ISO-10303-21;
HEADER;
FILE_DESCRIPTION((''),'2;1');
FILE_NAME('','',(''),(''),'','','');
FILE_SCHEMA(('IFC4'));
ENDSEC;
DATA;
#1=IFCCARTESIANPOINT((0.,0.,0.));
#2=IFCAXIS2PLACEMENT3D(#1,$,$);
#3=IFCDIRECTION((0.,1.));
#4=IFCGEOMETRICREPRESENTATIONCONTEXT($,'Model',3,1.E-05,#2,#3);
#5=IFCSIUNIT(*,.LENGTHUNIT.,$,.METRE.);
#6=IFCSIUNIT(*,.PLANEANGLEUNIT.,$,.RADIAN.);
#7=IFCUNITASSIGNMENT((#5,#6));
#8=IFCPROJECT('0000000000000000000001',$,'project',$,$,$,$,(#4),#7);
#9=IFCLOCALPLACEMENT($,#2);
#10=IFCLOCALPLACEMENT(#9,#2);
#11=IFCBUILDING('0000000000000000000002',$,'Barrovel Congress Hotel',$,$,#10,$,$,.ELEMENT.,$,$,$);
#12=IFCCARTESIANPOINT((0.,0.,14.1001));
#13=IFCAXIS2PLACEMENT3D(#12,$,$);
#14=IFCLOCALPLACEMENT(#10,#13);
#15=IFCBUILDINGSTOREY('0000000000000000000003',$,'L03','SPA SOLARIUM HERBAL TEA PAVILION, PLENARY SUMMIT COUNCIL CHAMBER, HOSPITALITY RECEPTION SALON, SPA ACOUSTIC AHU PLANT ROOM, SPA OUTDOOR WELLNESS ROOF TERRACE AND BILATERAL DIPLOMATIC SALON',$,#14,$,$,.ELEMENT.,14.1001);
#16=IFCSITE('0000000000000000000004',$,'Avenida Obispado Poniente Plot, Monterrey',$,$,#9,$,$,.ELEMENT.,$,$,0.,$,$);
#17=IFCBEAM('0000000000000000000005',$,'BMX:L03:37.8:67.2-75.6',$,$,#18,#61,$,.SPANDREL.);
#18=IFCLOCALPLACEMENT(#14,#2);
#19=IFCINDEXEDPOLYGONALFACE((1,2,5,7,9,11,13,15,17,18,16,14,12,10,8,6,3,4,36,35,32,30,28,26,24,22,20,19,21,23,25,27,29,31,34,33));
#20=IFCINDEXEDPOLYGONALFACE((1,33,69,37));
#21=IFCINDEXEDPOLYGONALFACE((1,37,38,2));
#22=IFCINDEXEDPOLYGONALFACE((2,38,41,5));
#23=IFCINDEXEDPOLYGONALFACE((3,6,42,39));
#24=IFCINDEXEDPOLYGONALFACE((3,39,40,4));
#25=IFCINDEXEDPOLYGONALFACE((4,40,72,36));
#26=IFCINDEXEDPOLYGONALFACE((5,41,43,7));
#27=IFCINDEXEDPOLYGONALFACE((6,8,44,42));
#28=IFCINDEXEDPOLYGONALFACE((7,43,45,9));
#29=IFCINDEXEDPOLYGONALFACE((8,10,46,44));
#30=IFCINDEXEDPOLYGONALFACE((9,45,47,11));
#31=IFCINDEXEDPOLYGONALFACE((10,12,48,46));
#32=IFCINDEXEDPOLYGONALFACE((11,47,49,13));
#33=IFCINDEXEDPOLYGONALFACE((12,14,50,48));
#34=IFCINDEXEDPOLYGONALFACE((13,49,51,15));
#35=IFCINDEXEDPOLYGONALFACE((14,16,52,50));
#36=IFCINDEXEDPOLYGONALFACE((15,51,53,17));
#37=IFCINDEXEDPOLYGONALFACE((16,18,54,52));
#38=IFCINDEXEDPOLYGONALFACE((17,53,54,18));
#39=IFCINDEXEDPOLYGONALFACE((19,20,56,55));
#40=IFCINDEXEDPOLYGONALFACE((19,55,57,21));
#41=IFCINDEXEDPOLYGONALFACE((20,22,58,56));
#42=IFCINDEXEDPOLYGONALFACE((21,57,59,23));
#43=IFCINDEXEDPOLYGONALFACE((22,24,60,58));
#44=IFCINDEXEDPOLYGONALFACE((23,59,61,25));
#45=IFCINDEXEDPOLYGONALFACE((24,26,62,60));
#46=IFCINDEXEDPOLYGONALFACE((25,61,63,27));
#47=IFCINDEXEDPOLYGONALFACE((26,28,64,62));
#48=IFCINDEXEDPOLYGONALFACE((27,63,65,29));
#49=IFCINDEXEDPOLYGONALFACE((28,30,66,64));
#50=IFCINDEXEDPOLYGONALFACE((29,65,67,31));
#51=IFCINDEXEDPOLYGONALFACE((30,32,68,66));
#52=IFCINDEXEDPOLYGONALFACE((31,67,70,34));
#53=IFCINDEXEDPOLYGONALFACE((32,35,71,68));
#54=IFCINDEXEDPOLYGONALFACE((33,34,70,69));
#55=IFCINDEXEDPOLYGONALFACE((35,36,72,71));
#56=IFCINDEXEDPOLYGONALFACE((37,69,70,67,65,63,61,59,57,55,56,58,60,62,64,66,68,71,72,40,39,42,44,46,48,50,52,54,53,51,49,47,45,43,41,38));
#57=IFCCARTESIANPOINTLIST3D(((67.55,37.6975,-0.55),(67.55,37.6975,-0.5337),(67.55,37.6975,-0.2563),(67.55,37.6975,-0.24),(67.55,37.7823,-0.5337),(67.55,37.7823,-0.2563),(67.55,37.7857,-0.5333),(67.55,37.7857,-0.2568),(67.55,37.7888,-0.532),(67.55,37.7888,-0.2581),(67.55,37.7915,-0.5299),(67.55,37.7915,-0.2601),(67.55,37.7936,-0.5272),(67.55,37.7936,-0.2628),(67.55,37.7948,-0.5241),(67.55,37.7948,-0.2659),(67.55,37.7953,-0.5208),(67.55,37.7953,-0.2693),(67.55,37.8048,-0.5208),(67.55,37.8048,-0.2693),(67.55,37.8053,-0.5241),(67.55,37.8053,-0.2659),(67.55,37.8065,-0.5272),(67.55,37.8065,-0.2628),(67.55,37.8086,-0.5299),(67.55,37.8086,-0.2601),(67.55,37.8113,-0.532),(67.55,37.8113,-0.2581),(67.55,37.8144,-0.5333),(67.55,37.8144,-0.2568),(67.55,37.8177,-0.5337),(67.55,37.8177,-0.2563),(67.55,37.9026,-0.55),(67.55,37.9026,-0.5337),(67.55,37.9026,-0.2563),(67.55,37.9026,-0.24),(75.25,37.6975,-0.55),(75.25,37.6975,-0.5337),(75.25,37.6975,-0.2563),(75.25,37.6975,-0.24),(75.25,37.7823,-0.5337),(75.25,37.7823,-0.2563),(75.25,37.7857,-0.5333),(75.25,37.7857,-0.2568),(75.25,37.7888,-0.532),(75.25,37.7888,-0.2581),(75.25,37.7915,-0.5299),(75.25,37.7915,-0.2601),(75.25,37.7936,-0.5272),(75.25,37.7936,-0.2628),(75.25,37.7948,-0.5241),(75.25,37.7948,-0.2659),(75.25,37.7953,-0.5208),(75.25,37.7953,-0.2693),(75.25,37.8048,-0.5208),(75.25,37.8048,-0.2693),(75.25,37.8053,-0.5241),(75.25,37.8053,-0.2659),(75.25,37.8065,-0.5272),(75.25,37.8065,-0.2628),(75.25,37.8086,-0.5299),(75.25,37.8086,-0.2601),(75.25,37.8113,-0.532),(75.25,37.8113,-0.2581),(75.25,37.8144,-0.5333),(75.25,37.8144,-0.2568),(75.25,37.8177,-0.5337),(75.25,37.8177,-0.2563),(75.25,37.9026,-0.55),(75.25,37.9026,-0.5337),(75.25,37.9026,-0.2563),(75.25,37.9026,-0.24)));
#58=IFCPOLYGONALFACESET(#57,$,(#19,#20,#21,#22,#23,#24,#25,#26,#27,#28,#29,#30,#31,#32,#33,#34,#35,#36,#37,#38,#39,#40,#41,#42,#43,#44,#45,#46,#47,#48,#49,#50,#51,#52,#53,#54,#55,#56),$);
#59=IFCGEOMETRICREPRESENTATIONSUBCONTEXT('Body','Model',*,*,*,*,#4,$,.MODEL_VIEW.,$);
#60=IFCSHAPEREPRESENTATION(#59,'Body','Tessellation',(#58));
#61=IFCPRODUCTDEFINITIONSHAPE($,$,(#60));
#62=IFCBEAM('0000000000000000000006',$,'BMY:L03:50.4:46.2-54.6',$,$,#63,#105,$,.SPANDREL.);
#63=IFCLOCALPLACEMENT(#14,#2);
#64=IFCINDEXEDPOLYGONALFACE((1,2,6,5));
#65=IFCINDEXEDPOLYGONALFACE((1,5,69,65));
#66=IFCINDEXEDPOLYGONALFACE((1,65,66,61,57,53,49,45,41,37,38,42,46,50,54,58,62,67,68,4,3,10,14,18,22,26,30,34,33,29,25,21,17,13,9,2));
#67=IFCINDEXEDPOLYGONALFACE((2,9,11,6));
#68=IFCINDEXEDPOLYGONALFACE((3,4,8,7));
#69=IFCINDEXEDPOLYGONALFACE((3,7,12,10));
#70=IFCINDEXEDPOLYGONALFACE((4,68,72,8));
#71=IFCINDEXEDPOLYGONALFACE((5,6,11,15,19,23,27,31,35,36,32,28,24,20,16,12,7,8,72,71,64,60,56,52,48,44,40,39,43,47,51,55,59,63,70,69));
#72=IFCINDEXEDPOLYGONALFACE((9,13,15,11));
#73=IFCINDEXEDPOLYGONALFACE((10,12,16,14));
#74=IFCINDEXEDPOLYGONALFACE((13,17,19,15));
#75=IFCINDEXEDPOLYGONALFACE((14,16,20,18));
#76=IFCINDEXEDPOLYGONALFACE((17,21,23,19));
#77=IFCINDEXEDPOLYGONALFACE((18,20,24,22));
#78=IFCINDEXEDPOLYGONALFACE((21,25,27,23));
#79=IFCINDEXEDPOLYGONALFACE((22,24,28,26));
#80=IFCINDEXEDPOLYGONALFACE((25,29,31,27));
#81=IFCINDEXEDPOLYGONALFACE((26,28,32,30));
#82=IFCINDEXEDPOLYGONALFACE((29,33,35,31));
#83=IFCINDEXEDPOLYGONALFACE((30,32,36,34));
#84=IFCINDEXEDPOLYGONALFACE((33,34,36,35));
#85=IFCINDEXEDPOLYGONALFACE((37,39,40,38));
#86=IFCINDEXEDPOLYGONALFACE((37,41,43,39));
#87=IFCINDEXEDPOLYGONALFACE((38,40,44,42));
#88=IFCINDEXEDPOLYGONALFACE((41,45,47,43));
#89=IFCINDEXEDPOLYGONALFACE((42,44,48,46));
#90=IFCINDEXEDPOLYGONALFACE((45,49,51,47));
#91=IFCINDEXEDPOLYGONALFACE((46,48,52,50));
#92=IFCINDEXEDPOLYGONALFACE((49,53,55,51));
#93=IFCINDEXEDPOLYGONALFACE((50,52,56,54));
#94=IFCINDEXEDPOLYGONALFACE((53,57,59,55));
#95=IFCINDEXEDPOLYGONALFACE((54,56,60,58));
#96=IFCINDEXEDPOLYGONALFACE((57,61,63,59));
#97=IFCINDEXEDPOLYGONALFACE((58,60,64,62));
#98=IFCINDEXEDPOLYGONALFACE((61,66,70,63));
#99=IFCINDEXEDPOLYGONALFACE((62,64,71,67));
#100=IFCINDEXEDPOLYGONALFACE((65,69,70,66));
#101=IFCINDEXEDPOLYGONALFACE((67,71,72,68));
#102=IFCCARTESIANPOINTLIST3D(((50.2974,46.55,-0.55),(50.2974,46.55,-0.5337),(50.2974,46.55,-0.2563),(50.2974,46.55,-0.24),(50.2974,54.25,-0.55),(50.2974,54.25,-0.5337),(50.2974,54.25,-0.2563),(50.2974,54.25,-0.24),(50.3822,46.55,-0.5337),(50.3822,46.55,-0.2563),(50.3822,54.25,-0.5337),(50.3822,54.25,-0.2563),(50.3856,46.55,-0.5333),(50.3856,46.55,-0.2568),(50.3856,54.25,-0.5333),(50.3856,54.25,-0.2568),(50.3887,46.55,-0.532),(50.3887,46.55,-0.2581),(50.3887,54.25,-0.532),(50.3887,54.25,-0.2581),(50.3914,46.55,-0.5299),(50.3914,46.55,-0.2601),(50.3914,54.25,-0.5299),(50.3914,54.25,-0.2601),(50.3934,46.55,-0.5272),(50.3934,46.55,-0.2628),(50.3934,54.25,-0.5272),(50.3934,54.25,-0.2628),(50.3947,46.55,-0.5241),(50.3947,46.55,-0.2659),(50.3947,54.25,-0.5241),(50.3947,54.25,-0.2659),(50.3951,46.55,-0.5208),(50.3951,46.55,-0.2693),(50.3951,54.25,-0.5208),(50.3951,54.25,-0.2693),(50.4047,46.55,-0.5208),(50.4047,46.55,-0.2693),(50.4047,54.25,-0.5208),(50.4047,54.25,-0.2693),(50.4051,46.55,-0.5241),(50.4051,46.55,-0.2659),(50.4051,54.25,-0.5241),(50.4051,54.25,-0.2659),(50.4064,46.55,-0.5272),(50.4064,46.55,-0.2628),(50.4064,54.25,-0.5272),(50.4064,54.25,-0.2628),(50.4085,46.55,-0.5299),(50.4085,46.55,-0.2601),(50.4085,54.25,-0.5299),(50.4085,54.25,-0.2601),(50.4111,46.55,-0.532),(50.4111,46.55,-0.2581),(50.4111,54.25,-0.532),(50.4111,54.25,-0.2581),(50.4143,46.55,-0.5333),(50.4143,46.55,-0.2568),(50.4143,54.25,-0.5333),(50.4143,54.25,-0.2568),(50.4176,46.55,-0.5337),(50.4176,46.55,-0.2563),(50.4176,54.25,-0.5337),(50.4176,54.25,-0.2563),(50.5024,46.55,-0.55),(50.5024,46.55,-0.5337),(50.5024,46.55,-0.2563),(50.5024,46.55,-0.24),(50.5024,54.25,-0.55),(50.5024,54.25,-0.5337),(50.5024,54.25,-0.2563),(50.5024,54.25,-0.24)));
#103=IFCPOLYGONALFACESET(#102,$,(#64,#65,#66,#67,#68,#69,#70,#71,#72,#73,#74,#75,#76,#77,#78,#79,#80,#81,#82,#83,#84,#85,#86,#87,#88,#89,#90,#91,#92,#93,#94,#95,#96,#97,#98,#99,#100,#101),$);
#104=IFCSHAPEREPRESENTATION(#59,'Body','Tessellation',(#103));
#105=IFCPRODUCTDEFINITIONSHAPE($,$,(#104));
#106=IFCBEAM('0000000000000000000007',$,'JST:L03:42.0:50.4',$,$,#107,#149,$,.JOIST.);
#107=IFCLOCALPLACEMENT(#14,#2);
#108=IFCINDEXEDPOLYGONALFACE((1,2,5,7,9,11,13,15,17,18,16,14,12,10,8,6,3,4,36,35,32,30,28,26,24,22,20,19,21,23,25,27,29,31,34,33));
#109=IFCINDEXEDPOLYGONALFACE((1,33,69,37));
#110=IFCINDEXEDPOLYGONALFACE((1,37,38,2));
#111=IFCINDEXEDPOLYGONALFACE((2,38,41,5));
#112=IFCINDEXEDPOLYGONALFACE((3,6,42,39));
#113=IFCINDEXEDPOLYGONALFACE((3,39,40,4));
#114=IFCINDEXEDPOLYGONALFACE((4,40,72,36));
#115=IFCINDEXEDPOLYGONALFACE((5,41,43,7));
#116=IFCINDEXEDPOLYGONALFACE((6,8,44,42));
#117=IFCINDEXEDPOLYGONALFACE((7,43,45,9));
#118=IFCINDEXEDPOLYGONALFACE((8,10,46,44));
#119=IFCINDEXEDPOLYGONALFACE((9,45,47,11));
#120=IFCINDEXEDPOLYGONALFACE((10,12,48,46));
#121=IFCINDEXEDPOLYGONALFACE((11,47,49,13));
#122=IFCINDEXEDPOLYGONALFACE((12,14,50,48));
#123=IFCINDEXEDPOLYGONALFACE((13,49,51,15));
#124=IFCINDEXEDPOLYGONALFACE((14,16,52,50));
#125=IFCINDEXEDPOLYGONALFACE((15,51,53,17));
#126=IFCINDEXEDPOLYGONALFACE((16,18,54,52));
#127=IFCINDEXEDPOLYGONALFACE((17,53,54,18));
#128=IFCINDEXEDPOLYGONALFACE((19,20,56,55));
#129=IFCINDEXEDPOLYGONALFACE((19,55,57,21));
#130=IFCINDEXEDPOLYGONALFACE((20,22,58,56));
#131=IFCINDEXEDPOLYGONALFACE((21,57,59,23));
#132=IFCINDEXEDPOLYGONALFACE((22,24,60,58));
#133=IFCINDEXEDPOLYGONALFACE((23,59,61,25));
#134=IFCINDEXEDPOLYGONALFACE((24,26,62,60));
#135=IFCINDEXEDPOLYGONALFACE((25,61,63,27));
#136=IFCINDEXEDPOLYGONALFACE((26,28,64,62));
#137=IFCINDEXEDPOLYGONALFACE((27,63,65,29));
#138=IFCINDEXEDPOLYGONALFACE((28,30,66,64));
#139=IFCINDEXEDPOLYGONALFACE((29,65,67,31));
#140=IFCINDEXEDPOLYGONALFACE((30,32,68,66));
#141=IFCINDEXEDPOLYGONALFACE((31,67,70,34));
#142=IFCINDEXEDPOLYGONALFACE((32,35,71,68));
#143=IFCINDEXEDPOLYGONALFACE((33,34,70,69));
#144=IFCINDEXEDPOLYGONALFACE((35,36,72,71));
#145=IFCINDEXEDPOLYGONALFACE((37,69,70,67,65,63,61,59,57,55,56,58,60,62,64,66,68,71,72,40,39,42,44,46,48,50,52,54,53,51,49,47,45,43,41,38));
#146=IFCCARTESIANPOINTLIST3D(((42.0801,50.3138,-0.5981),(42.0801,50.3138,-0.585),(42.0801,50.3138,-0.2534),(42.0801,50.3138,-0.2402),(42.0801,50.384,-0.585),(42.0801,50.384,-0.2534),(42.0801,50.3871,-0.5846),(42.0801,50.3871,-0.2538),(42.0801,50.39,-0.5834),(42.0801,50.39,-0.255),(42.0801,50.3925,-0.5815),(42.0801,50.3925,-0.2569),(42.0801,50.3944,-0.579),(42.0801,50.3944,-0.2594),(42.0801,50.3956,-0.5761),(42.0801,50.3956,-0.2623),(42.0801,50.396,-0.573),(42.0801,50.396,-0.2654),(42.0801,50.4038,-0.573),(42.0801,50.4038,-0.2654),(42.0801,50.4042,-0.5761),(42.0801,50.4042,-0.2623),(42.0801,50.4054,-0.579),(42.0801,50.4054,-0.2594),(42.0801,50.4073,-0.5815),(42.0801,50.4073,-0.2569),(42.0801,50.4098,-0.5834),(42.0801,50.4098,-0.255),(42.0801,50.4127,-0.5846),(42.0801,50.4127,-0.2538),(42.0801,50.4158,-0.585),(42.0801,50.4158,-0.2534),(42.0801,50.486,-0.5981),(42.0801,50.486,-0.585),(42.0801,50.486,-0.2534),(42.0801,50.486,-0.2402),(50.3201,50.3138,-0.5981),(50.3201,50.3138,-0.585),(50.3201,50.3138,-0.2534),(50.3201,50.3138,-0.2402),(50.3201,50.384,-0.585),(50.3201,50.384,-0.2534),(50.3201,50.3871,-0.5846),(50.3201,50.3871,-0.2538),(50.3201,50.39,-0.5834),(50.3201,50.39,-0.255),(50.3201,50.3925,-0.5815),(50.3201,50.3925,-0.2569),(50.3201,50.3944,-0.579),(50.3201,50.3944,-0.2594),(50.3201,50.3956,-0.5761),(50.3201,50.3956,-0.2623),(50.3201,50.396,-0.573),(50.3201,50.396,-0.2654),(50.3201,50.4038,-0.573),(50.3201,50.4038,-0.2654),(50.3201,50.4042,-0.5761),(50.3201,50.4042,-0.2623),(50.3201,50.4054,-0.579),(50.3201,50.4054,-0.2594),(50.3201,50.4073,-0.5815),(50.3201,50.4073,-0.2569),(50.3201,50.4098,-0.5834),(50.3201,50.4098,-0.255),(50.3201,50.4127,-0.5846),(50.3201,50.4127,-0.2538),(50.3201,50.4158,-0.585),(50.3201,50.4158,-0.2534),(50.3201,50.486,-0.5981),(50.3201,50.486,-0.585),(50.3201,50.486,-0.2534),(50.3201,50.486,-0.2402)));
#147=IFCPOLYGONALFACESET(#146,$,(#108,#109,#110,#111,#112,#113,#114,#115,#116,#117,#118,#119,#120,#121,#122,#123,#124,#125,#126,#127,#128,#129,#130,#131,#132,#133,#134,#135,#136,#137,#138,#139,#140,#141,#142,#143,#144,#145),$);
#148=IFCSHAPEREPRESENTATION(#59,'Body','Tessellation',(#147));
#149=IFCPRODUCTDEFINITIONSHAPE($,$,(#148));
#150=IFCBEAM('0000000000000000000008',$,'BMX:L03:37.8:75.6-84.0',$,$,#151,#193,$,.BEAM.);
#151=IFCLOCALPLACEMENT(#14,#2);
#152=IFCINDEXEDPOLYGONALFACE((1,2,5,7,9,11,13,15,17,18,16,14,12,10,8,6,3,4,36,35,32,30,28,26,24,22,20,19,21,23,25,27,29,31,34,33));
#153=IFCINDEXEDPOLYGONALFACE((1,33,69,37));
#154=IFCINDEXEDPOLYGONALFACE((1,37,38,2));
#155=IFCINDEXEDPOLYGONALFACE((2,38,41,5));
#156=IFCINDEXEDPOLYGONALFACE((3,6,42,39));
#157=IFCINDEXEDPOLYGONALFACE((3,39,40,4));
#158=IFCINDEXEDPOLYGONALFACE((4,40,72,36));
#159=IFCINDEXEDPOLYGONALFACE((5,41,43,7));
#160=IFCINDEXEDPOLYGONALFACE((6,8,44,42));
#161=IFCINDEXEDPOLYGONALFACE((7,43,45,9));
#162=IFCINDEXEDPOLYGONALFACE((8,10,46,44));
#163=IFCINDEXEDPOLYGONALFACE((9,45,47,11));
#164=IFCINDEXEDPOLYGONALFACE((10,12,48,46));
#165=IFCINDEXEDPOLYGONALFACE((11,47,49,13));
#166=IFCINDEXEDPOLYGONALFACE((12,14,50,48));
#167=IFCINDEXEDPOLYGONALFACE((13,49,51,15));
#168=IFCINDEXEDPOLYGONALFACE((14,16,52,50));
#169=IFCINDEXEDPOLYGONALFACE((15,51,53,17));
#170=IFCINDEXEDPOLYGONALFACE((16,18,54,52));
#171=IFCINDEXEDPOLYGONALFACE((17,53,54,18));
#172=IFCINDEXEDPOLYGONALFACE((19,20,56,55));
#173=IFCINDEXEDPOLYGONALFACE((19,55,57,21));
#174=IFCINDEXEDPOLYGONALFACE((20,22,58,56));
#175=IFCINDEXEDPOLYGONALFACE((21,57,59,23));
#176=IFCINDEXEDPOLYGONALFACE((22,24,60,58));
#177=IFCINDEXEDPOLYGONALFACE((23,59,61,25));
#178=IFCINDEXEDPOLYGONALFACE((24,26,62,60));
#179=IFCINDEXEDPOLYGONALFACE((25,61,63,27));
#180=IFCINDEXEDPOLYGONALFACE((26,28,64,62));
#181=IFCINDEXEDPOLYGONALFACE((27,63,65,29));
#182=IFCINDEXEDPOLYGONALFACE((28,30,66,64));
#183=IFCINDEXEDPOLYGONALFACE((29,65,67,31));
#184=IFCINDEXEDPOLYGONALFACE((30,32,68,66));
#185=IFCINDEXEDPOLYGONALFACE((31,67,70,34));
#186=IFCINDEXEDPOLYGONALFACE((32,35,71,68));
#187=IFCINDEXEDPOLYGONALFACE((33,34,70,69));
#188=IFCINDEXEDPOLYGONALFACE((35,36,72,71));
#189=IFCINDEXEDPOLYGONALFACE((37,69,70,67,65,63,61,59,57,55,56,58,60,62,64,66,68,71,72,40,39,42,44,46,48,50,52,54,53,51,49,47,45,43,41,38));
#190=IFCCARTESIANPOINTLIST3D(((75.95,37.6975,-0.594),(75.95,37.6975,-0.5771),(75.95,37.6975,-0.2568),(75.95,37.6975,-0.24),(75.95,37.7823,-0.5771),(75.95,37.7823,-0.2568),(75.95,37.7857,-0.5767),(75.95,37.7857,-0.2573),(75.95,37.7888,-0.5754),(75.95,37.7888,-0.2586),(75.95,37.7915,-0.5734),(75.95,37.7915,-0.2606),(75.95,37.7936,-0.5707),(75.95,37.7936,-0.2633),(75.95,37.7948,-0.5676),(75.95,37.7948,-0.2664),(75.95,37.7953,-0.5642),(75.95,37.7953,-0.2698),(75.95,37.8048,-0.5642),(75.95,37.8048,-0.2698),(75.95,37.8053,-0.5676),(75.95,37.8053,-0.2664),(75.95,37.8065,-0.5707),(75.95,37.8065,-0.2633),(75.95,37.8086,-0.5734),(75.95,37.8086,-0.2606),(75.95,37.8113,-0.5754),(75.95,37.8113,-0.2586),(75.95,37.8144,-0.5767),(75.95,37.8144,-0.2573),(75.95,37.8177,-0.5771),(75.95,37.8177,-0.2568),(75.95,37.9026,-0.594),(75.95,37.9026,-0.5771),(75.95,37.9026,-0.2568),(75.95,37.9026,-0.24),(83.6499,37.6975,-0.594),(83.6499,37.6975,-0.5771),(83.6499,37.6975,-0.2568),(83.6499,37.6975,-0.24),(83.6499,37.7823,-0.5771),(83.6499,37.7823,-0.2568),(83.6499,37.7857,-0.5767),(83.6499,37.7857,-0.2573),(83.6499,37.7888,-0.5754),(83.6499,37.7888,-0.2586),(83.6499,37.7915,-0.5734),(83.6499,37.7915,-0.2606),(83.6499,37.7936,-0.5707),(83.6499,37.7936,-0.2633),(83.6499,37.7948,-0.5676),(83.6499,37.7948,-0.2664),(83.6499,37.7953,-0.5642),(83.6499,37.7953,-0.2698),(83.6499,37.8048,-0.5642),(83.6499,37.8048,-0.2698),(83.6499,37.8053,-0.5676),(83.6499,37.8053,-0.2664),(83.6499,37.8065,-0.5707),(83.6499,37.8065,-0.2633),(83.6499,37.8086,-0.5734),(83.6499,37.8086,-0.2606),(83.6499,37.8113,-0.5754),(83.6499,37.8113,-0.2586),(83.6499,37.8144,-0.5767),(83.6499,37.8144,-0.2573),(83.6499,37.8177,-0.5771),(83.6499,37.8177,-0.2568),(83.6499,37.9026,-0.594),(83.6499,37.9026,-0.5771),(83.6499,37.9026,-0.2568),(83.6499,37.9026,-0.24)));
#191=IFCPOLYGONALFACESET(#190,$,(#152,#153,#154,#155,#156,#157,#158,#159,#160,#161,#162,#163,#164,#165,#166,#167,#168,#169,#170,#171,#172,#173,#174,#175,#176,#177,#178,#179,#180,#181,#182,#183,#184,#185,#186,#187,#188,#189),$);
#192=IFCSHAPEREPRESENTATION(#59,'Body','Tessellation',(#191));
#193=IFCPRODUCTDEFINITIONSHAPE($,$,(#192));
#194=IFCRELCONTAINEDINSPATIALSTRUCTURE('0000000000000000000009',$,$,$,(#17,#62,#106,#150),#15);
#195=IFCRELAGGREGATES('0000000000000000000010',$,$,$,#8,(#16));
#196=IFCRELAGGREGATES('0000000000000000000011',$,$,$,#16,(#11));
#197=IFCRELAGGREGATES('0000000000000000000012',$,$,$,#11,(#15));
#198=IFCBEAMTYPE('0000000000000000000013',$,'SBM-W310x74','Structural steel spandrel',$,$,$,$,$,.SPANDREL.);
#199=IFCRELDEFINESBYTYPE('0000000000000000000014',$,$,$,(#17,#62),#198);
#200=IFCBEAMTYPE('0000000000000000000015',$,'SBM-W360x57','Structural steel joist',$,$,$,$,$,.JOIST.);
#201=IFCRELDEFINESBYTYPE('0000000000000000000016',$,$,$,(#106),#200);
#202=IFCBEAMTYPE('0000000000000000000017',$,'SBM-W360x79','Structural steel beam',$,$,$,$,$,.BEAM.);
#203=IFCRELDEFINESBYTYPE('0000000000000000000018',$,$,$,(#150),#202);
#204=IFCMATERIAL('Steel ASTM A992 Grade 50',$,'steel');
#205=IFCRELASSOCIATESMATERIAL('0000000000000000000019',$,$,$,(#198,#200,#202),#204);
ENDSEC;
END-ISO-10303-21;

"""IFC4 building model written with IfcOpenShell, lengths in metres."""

from ifc_helpers import new_model, si_unit, direction, frame, origin, origin_2d, place, context, subcontext, project, spatial, i_section, extrude, material, material_profile, profile_set, type_object, element, save


model = new_model("IFC4")

# Units and contexts
model_context = context("Model", 3, precision=1e-05, world=origin(), true_north=direction((0.0, 1.0)))
body_context = subcontext(model_context, "Body", "Model", "MODEL_VIEW")
ifc_project = project(units=[si_unit("LENGTHUNIT", "METRE"), si_unit("PLANEANGLEUNIT", "RADIAN")], contexts=[model_context])

# Site, building, storey
site_placement = place(None, origin())
site = spatial("IfcSite", under=ifc_project, at=site_placement, Name="Avenida Obispado Poniente Plot, Monterrey", CompositionType="ELEMENT", RefElevation=0.0)
building_placement = place(site_placement, origin())
building = spatial("IfcBuilding", under=site, at=building_placement, Name="Barrovel Congress Hotel", CompositionType="ELEMENT")
storey_placement = place(building_placement, frame((0.0, 0.0, 14.1001)))
storey = spatial("IfcBuildingStorey", under=building, at=storey_placement, Name="L03", Description="SPA SOLARIUM HERBAL TEA PAVILION, PLENARY SUMMIT COUNCIL CHAMBER, HOSPITALITY RECEPTION SALON, SPA ACOUSTIC AHU PLANT ROOM, SPA OUTDOOR WELLNESS ROOF TERRACE AND BILATERAL DIPLOMATIC SALON", CompositionType="ELEMENT", Elevation=14.1001)

# Beams
ifc_material_1 = material(Name="Steel ASTM A992 Grade 50", Category="steel")
ifc_material_profile_1 = material_profile(ifc_material_1, i_section(OverallWidth=0.2051, OverallDepth=0.3101, WebThickness=0.0095, FlangeThickness=0.0164, FilletRadius=0.0129, at=origin_2d()), Name="W310x74")
ifc_profile_set_1 = profile_set([ifc_material_profile_1], Name="Steel ASTM A992 Grade 50")
beam_type_1 = type_object("IfcBeamType", Name="SBM-W310x74", Description="Structural steel spandrel", PredefinedType="SPANDREL", material=ifc_profile_set_1)
for number, where, z_axis, x_axis, name in (
    (1, (67.55, 37.8, -0.395), (1.0, 0.0, 0.0), (0.0, 1.0, 0.0), "BMX:L03:37.8:67.2-75.6"),
    (2, (50.3999, 46.55, -0.395), (0.0, 1.0, 0.0), (-1.0, 0.0, 0.0), "BMY:L03:50.4:46.2-54.6"),
):
    element("IfcBeam", number, at=place(storey_placement, frame(where, z_axis=z_axis, x_axis=x_axis)), inside=storey, type_object=beam_type_1, Name=name, PredefinedType="SPANDREL", context=body_context, shape_type="SweptSolid", body=[
        extrude(i_section(OverallWidth=0.2051, OverallDepth=0.3101, WebThickness=0.0095, FlangeThickness=0.0164, FilletRadius=0.0129, at=origin_2d()), origin(), (0.0, 0.0, 1.0), 7.7),
    ])
ifc_material_profile_2 = material_profile(ifc_material_1, i_section(OverallWidth=0.1721, OverallDepth=0.3579, WebThickness=0.0078, FlangeThickness=0.0132, FilletRadius=0.012, at=origin_2d()), Name="W360x57")
ifc_profile_set_2 = profile_set([ifc_material_profile_2], Name="Steel ASTM A992 Grade 50")
beam_type_2 = type_object("IfcBeamType", Name="SBM-W360x57", Description="Structural steel joist", PredefinedType="JOIST", material=ifc_profile_set_2)
beam_1_placement = place(storey_placement, frame((42.0801, 50.3999, -0.4192), z_axis=(1.0, 0.0, 0.0), x_axis=(0.0, 1.0, 0.0)))
element("IfcBeam", 3, at=beam_1_placement, inside=storey, type_object=beam_type_2, Name="JST:L03:42.0:50.4", PredefinedType="JOIST", context=body_context, shape_type="SweptSolid", body=[
    extrude(i_section(OverallWidth=0.1721, OverallDepth=0.3579, WebThickness=0.0078, FlangeThickness=0.0132, FilletRadius=0.012, at=origin_2d()), origin(), (0.0, 0.0, 1.0), 8.24),
])
ifc_material_profile_3 = material_profile(ifc_material_1, i_section(OverallWidth=0.2051, OverallDepth=0.354, WebThickness=0.0095, FlangeThickness=0.0168, FilletRadius=0.0129, at=origin_2d()), Name="W360x79")
ifc_profile_set_3 = profile_set([ifc_material_profile_3], Name="Steel ASTM A992 Grade 50")
beam_type_3 = type_object("IfcBeamType", Name="SBM-W360x79", Description="Structural steel beam", PredefinedType="BEAM", material=ifc_profile_set_3)
beam_2_placement = place(storey_placement, frame((75.95, 37.8, -0.417), z_axis=(1.0, 0.0, 0.0), x_axis=(0.0, 1.0, 0.0)))
element("IfcBeam", 4, at=beam_2_placement, inside=storey, type_object=beam_type_3, Name="BMX:L03:37.8:75.6-84.0", PredefinedType="BEAM", context=body_context, shape_type="SweptSolid", body=[
    extrude(i_section(OverallWidth=0.2051, OverallDepth=0.354, WebThickness=0.0095, FlangeThickness=0.0168, FilletRadius=0.0129, at=origin_2d()), origin(), (0.0, 0.0, 1.0), 7.7),
])

save(model, "model.ifc")
